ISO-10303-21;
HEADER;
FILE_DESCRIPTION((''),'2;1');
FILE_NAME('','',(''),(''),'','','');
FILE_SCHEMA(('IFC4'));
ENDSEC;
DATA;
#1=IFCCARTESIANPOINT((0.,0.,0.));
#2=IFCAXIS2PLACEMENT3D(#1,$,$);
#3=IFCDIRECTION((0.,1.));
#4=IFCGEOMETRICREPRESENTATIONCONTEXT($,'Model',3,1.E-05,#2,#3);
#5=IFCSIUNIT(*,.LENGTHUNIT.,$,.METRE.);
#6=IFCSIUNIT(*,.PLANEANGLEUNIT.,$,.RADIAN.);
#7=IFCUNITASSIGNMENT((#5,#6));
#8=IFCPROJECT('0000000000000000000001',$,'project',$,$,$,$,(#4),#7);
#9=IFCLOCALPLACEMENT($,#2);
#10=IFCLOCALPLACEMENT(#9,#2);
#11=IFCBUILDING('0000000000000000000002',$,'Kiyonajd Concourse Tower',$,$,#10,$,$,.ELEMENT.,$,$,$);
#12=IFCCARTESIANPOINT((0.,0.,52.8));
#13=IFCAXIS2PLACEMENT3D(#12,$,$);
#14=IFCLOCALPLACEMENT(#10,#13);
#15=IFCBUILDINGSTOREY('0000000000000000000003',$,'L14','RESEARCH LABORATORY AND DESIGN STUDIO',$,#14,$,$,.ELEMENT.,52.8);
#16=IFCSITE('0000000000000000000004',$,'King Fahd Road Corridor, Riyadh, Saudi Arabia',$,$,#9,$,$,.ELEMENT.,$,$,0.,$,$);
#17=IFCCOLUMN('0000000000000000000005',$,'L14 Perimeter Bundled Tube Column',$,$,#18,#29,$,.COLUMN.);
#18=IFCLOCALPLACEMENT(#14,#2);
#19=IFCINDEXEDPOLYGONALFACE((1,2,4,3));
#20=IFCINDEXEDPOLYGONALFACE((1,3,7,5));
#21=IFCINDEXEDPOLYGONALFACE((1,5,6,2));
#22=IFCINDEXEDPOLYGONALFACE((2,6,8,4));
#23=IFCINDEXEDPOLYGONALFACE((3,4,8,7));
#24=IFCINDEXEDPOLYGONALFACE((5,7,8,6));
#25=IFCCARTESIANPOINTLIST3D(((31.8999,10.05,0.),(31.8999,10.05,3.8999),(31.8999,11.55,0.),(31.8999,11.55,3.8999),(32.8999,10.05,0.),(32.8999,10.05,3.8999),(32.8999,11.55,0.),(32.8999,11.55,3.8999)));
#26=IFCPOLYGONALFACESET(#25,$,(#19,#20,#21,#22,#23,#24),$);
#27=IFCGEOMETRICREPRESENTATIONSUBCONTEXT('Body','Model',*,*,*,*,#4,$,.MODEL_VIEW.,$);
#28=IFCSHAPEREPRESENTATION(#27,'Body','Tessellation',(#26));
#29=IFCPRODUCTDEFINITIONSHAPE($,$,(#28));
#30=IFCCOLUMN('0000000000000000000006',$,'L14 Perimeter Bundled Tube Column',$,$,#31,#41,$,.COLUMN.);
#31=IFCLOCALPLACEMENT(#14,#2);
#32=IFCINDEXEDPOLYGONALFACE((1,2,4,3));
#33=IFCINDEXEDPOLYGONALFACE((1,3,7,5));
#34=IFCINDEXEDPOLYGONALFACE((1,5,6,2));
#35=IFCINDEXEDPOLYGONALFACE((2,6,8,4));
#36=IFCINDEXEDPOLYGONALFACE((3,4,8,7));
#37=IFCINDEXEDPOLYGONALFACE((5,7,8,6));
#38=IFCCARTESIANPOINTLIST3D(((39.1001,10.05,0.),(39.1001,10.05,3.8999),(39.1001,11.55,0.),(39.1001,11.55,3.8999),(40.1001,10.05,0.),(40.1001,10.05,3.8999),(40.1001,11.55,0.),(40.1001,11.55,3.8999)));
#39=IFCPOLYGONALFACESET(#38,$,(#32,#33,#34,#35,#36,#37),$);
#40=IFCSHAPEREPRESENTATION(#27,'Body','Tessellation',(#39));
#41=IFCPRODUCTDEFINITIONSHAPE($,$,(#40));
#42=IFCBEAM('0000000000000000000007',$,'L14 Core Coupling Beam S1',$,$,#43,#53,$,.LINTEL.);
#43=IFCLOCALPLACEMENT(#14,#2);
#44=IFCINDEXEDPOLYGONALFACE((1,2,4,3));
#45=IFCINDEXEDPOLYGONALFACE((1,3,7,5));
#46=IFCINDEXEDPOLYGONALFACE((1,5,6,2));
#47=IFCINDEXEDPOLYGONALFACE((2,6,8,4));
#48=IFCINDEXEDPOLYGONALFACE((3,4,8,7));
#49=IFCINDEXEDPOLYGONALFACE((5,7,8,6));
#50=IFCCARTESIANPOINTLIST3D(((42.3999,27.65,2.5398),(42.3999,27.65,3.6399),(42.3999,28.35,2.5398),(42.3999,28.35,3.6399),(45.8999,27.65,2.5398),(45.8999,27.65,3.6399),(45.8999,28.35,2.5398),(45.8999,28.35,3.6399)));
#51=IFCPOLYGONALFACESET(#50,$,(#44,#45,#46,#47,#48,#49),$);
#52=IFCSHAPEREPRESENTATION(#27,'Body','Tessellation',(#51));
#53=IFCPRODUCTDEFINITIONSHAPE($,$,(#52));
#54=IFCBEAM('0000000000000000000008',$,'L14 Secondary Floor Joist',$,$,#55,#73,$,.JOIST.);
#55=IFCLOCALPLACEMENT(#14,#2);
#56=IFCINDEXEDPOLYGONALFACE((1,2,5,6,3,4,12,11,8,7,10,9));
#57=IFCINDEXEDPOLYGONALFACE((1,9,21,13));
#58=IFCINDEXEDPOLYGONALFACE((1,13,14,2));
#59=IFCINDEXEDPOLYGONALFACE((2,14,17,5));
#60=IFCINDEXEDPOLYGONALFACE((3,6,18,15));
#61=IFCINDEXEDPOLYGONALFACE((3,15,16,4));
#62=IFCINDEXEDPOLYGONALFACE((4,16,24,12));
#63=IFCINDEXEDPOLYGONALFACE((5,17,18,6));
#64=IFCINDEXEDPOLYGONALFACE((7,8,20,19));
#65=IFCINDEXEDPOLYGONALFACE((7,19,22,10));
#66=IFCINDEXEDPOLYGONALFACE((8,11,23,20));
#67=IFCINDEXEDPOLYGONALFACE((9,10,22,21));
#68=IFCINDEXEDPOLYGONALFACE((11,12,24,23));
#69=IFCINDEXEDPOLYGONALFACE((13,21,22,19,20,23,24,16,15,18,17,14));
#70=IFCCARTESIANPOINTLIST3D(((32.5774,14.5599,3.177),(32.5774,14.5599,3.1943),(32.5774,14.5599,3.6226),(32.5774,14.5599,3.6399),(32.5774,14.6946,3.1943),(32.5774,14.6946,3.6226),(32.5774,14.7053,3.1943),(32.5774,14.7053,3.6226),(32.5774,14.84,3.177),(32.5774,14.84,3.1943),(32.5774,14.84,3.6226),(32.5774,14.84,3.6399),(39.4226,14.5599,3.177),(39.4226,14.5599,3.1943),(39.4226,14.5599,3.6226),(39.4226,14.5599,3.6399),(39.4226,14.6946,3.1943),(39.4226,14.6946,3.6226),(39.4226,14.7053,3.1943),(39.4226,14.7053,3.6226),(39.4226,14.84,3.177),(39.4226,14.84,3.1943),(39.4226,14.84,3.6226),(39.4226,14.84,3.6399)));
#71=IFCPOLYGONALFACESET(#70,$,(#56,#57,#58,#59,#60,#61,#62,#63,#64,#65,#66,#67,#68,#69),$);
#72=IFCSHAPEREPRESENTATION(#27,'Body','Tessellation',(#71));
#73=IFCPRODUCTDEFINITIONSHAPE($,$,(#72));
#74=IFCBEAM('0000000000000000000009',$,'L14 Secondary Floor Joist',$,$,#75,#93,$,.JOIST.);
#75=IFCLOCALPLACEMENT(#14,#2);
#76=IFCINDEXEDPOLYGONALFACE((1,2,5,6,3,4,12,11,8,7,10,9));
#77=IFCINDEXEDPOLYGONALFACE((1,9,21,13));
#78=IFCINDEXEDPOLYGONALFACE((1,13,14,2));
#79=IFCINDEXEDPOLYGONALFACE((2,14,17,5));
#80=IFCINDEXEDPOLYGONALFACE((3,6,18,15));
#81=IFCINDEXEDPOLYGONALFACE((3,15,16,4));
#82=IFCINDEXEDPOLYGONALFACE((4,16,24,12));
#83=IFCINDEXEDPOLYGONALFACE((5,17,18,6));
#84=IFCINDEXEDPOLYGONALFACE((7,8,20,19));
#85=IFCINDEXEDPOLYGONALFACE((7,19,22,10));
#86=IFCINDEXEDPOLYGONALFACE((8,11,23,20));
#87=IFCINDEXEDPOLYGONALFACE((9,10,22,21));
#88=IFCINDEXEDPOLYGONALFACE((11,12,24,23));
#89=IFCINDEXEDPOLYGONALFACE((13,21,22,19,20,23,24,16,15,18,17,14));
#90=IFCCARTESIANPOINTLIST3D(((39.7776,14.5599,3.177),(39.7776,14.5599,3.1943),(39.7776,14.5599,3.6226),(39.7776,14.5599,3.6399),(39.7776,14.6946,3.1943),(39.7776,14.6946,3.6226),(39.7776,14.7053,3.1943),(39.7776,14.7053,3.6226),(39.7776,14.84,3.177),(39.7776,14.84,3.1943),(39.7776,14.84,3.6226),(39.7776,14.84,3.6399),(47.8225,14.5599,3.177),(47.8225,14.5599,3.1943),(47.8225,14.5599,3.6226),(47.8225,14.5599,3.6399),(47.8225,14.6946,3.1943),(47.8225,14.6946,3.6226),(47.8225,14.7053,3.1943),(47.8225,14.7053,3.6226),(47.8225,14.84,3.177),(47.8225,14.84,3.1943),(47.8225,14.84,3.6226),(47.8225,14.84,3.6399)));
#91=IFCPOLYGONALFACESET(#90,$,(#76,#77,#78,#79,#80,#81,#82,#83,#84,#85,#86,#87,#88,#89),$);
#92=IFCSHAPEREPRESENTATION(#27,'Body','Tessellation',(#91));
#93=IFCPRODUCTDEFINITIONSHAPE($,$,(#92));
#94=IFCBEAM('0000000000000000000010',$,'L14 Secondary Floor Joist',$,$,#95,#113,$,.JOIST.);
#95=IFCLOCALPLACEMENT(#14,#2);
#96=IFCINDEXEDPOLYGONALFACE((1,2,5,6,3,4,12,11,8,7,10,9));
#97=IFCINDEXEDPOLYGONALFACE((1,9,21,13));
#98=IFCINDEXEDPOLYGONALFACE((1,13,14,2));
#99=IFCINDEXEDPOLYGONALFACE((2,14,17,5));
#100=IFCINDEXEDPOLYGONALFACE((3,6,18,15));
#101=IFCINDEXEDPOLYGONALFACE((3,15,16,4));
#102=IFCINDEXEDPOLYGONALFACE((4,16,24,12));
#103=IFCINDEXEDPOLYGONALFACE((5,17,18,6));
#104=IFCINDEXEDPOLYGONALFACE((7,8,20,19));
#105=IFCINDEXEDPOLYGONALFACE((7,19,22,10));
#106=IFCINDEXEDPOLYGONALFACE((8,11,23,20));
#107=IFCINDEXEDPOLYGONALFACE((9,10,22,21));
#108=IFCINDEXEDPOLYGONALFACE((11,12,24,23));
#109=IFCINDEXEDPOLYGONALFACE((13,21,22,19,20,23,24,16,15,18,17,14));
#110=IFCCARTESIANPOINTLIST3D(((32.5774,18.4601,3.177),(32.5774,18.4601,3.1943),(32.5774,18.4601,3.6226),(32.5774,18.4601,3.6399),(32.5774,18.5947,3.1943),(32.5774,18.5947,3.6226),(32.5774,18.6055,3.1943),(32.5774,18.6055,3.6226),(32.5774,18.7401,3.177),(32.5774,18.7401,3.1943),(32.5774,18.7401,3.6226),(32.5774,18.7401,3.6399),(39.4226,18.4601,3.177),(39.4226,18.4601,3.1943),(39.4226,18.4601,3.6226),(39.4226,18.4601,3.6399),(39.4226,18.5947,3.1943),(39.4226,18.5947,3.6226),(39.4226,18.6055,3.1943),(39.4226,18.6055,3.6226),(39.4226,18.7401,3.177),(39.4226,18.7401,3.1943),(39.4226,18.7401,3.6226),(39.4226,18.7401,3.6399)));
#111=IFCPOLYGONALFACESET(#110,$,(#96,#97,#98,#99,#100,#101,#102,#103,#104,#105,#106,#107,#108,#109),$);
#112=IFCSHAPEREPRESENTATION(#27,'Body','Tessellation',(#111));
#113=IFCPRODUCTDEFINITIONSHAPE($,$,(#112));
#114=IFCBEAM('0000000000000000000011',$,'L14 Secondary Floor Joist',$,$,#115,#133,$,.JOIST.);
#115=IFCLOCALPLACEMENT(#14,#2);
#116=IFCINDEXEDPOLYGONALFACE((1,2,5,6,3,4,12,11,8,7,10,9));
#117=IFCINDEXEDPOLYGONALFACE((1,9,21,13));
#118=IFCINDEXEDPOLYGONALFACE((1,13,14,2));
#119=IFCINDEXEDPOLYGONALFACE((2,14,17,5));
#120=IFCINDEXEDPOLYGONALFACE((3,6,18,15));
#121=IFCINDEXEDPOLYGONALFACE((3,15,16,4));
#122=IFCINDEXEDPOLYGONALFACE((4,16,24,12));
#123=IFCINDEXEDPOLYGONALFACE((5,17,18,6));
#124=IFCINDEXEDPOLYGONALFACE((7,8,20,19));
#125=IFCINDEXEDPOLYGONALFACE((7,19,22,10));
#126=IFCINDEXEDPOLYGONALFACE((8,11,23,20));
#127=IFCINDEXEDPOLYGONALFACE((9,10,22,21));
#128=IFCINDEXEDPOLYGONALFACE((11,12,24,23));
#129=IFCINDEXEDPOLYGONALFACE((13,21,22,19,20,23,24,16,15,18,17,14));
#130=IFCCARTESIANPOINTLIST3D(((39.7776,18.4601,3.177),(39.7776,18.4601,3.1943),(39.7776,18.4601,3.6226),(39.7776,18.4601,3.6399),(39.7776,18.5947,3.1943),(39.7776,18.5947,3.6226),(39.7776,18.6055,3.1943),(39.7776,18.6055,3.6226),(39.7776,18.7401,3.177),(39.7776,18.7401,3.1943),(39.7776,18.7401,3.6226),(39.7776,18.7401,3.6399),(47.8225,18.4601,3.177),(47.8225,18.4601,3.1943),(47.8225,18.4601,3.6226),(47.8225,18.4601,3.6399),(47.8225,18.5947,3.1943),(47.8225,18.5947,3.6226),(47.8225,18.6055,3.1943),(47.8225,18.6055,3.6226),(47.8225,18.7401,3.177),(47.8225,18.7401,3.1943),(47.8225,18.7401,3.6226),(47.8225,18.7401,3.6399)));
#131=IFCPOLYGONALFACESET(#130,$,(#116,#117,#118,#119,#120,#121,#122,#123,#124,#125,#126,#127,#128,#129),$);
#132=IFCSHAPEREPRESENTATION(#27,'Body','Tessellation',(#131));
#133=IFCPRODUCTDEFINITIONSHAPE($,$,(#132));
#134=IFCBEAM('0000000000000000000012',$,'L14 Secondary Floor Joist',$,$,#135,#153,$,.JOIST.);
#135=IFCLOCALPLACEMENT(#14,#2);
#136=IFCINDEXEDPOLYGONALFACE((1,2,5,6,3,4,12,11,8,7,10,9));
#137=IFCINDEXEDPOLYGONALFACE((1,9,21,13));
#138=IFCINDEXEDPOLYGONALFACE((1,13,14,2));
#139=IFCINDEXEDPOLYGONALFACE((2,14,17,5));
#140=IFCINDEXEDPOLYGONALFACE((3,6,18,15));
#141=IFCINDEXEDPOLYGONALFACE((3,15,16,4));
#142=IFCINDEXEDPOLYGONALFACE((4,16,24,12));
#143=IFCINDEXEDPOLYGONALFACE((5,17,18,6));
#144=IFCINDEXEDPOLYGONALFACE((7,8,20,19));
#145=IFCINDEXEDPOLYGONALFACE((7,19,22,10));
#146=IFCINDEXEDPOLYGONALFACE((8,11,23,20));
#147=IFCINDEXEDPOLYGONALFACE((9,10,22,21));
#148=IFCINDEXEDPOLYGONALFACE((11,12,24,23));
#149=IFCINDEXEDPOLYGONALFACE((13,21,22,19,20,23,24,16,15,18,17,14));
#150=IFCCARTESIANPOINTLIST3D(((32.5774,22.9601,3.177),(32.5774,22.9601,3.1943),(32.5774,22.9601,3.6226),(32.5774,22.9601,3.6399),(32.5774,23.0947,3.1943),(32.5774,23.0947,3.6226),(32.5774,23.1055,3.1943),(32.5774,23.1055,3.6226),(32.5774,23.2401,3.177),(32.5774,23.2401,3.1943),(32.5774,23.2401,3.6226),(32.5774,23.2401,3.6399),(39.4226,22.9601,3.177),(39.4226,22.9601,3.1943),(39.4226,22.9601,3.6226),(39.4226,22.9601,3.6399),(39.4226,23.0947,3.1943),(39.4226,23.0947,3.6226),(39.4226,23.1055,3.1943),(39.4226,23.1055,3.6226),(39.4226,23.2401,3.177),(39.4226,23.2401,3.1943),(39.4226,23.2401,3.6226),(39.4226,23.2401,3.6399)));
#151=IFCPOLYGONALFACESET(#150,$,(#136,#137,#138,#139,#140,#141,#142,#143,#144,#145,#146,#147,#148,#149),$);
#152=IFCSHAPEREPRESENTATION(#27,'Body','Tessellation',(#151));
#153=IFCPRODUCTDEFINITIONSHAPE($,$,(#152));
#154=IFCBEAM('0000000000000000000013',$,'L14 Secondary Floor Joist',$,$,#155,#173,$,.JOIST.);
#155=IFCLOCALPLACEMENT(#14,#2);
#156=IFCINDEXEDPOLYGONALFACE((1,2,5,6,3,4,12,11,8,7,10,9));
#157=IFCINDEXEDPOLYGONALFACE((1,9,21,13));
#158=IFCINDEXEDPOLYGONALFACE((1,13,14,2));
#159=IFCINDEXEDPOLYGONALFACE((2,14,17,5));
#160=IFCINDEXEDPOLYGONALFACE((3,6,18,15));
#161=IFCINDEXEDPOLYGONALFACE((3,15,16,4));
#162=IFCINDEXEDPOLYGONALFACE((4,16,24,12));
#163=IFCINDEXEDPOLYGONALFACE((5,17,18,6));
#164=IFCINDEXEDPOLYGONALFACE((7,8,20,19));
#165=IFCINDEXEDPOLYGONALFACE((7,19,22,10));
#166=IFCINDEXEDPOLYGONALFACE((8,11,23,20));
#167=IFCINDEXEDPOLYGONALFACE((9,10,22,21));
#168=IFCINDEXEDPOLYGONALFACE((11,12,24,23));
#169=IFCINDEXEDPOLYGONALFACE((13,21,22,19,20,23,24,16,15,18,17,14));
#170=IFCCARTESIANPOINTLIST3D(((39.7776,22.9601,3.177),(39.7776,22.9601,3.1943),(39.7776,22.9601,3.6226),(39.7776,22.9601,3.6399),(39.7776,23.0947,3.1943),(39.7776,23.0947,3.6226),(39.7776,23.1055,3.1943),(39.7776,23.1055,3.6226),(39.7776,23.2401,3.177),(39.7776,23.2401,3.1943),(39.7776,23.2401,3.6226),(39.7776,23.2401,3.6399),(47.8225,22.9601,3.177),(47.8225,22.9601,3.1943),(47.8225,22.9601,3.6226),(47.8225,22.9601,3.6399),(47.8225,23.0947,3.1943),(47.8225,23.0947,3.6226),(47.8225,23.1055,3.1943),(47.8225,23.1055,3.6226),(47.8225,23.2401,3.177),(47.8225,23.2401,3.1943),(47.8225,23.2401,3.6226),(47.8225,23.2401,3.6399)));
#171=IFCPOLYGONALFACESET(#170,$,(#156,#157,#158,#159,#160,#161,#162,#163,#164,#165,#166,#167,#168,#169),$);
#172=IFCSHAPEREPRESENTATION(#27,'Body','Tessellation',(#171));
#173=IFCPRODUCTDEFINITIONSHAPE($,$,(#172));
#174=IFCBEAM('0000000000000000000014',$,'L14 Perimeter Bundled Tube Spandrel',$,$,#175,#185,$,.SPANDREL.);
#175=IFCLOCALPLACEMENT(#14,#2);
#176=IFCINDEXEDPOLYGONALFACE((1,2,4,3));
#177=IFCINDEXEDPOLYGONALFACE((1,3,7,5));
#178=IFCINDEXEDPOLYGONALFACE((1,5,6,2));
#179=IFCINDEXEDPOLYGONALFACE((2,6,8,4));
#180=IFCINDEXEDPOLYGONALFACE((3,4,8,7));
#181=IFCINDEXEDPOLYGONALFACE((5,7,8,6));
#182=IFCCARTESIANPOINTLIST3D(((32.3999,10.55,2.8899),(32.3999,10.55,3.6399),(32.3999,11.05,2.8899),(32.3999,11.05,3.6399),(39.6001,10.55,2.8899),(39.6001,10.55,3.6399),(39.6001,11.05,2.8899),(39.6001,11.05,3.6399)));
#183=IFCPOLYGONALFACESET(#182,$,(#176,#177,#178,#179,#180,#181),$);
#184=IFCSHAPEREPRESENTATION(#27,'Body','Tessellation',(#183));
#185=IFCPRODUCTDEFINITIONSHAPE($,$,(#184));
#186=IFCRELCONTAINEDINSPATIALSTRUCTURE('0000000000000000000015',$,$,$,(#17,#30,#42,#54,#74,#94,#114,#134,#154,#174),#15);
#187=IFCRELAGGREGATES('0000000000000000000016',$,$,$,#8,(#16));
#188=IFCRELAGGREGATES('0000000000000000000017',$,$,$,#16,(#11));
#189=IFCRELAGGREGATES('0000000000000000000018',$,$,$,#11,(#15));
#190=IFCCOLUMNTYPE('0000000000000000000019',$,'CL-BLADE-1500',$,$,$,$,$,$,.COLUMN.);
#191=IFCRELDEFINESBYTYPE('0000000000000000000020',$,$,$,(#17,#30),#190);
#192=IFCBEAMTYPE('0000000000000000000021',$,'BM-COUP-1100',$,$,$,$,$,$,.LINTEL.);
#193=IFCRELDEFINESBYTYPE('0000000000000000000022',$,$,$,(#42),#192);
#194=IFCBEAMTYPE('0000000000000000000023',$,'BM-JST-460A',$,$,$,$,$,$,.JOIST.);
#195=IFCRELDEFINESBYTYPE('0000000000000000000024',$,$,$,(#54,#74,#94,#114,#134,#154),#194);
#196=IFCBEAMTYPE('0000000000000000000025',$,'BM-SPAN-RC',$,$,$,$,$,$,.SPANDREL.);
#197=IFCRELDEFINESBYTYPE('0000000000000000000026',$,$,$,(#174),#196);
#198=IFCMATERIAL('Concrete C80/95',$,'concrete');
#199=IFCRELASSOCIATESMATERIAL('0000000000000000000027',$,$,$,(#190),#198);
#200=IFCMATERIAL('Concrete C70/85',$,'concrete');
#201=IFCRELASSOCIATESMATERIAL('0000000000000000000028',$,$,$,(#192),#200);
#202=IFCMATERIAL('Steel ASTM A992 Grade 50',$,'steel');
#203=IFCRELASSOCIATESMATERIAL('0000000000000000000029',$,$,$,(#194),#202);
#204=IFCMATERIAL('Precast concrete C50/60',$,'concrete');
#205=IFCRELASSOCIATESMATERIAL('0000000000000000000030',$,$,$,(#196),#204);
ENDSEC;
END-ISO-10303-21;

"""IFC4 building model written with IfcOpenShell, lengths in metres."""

from ifc_helpers import new_model, si_unit, direction, frame, origin, origin_2d, place, context, subcontext, project, spatial, rectangle, i_section, extrude, material, material_profile, profile_set, type_object, element, save


model = new_model("IFC4")

# Units and contexts
model_context = context("Model", 3, precision=1e-05, world=origin(), true_north=direction((0.0, 1.0)))
body_context = subcontext(model_context, "Body", "Model", "MODEL_VIEW")
ifc_project = project(units=[si_unit("LENGTHUNIT", "METRE"), si_unit("PLANEANGLEUNIT", "RADIAN")], contexts=[model_context])

# Site, building, storey
site_placement = place(None, origin())
site = spatial("IfcSite", under=ifc_project, at=site_placement, Name="King Fahd Road Corridor, Riyadh, Saudi Arabia", CompositionType="ELEMENT", RefElevation=0.0)
building_placement = place(site_placement, origin())
building = spatial("IfcBuilding", under=site, at=building_placement, Name="Kiyonajd Concourse Tower", CompositionType="ELEMENT")
storey_placement = place(building_placement, frame((0.0, 0.0, 52.8)))
storey = spatial("IfcBuildingStorey", under=building, at=storey_placement, Name="L14", Description="RESEARCH LABORATORY AND DESIGN STUDIO", CompositionType="ELEMENT", Elevation=52.8)

# Columns
ifc_material_1 = material(Name="Concrete C80/95", Category="concrete")
ifc_material_profile_1 = material_profile(ifc_material_1, rectangle(XDim=1.0, YDim=1.5, at=origin_2d()), Name="RC-1500x1000")
ifc_profile_set_1 = profile_set([ifc_material_profile_1], Name="Concrete C80/95")
column_type = type_object("IfcColumnType", Name="CL-BLADE-1500", PredefinedType="COLUMN", material=ifc_profile_set_1)
for number, where, z_axis, x_axis, name in (
    (1, (32.3999, 10.8, 0.0), (0.0, 0.0, 1.0), (1.0, 0.0, 0.0), "L14 Perimeter Bundled Tube Column"),
    (2, (39.6001, 10.8, 0.0), (0.0, 0.0, 1.0), (1.0, 0.0, 0.0), "L14 Perimeter Bundled Tube Column"),
):
    element("IfcColumn", number, at=place(storey_placement, frame(where, z_axis=z_axis, x_axis=x_axis)), inside=storey, type_object=column_type, Name=name, PredefinedType="COLUMN", context=body_context, shape_type="SweptSolid", body=[
        extrude(rectangle(XDim=1.0, YDim=1.5, at=origin_2d()), origin(), (0.0, 0.0, 1.0), 3.8999),
    ])

# Beams
ifc_material_2 = material(Name="Concrete C70/85", Category="concrete")
ifc_material_profile_2 = material_profile(ifc_material_2, rectangle(XDim=0.7, YDim=1.1001, at=origin_2d()), Name="RCBM-700x1100")
ifc_profile_set_2 = profile_set([ifc_material_profile_2], Name="Concrete C70/85")
beam_type_1 = type_object("IfcBeamType", Name="BM-COUP-1100", PredefinedType="LINTEL", material=ifc_profile_set_2)
beam_1_placement = place(storey_placement, frame((42.3999, 28.0, 3.0898), z_axis=(1.0, 0.0, 0.0), x_axis=(0.0, 1.0, 0.0)))
element("IfcBeam", 3, at=beam_1_placement, inside=storey, type_object=beam_type_1, Name="L14 Core Coupling Beam S1", PredefinedType="LINTEL", context=body_context, shape_type="SweptSolid", body=[
    extrude(rectangle(XDim=0.7, YDim=1.1001, at=origin_2d()), origin(), (0.0, 0.0, 1.0), 3.5),
])
ifc_material_3 = material(Name="Steel ASTM A992 Grade 50", Category="steel")
ifc_material_profile_3 = material_profile(ifc_material_3, i_section(OverallWidth=0.28, OverallDepth=0.4629, WebThickness=0.0107, FlangeThickness=0.0173, at=origin_2d()), Name="W460X113")
ifc_profile_set_3 = profile_set([ifc_material_profile_3], Name="Steel ASTM A992 Grade 50")
beam_type_2 = type_object("IfcBeamType", Name="BM-JST-460A", PredefinedType="JOIST", material=ifc_profile_set_3)
beam_2_placement = place(storey_placement, frame((32.5774, 14.7, 3.4084), z_axis=(1.0, 0.0, 0.0), x_axis=(0.0, 1.0, 0.0)))
element("IfcBeam", 4, at=beam_2_placement, inside=storey, type_object=beam_type_2, Name="L14 Secondary Floor Joist", PredefinedType="JOIST", context=body_context, shape_type="SweptSolid", body=[
    extrude(i_section(OverallWidth=0.28, OverallDepth=0.4629, WebThickness=0.0107, FlangeThickness=0.0173, at=origin_2d()), origin(), (0.0, 0.0, 1.0), 6.8452),
])
beam_3_placement = place(storey_placement, frame((39.7776, 14.7, 3.4084), z_axis=(1.0, 0.0, 0.0), x_axis=(0.0, 1.0, 0.0)))
element("IfcBeam", 5, at=beam_3_placement, inside=storey, type_object=beam_type_2, Name="L14 Secondary Floor Joist", PredefinedType="JOIST", context=body_context, shape_type="SweptSolid", body=[
    extrude(i_section(OverallWidth=0.28, OverallDepth=0.4629, WebThickness=0.0107, FlangeThickness=0.0173, at=origin_2d()), origin(), (0.0, 0.0, 1.0), 8.0449),
])
beam_4_placement = place(storey_placement, frame((32.5774, 18.6001, 3.4084), z_axis=(1.0, 0.0, 0.0), x_axis=(0.0, 1.0, 0.0)))
element("IfcBeam", 6, at=beam_4_placement, inside=storey, type_object=beam_type_2, Name="L14 Secondary Floor Joist", PredefinedType="JOIST", context=body_context, shape_type="SweptSolid", body=[
    extrude(i_section(OverallWidth=0.28, OverallDepth=0.4629, WebThickness=0.0107, FlangeThickness=0.0173, at=origin_2d()), origin(), (0.0, 0.0, 1.0), 6.8452),
])
beam_5_placement = place(storey_placement, frame((39.7776, 18.6001, 3.4084), z_axis=(1.0, 0.0, 0.0), x_axis=(0.0, 1.0, 0.0)))
element("IfcBeam", 7, at=beam_5_placement, inside=storey, type_object=beam_type_2, Name="L14 Secondary Floor Joist", PredefinedType="JOIST", context=body_context, shape_type="SweptSolid", body=[
    extrude(i_section(OverallWidth=0.28, OverallDepth=0.4629, WebThickness=0.0107, FlangeThickness=0.0173, at=origin_2d()), origin(), (0.0, 0.0, 1.0), 8.0449),
])
beam_6_placement = place(storey_placement, frame((32.5774, 23.1001, 3.4084), z_axis=(1.0, 0.0, 0.0), x_axis=(0.0, 1.0, 0.0)))
element("IfcBeam", 8, at=beam_6_placement, inside=storey, type_object=beam_type_2, Name="L14 Secondary Floor Joist", PredefinedType="JOIST", context=body_context, shape_type="SweptSolid", body=[
    extrude(i_section(OverallWidth=0.28, OverallDepth=0.4629, WebThickness=0.0107, FlangeThickness=0.0173, at=origin_2d()), origin(), (0.0, 0.0, 1.0), 6.8452),
])
beam_7_placement = place(storey_placement, frame((39.7776, 23.1001, 3.4084), z_axis=(1.0, 0.0, 0.0), x_axis=(0.0, 1.0, 0.0)))
element("IfcBeam", 9, at=beam_7_placement, inside=storey, type_object=beam_type_2, Name="L14 Secondary Floor Joist", PredefinedType="JOIST", context=body_context, shape_type="SweptSolid", body=[
    extrude(i_section(OverallWidth=0.28, OverallDepth=0.4629, WebThickness=0.0107, FlangeThickness=0.0173, at=origin_2d()), origin(), (0.0, 0.0, 1.0), 8.0449),
])
ifc_material_4 = material(Name="Precast concrete C50/60", Category="concrete")
ifc_material_profile_4 = material_profile(ifc_material_4, rectangle(XDim=0.5, YDim=0.75, at=origin_2d()), Name="RCBM-500x750")
ifc_profile_set_4 = profile_set([ifc_material_profile_4], Name="Precast concrete C50/60")
beam_type_3 = type_object("IfcBeamType", Name="BM-SPAN-RC", PredefinedType="SPANDREL", material=ifc_profile_set_4)
beam_8_placement = place(storey_placement, frame((32.3999, 10.8, 3.2649), z_axis=(1.0, 0.0, 0.0), x_axis=(0.0, 1.0, 0.0)))
element("IfcBeam", 10, at=beam_8_placement, inside=storey, type_object=beam_type_3, Name="L14 Perimeter Bundled Tube Spandrel", PredefinedType="SPANDREL", context=body_context, shape_type="SweptSolid", body=[
    extrude(rectangle(XDim=0.5, YDim=0.75, at=origin_2d()), origin(), (0.0, 0.0, 1.0), 7.2002),
])

save(model, "model.ifc")
